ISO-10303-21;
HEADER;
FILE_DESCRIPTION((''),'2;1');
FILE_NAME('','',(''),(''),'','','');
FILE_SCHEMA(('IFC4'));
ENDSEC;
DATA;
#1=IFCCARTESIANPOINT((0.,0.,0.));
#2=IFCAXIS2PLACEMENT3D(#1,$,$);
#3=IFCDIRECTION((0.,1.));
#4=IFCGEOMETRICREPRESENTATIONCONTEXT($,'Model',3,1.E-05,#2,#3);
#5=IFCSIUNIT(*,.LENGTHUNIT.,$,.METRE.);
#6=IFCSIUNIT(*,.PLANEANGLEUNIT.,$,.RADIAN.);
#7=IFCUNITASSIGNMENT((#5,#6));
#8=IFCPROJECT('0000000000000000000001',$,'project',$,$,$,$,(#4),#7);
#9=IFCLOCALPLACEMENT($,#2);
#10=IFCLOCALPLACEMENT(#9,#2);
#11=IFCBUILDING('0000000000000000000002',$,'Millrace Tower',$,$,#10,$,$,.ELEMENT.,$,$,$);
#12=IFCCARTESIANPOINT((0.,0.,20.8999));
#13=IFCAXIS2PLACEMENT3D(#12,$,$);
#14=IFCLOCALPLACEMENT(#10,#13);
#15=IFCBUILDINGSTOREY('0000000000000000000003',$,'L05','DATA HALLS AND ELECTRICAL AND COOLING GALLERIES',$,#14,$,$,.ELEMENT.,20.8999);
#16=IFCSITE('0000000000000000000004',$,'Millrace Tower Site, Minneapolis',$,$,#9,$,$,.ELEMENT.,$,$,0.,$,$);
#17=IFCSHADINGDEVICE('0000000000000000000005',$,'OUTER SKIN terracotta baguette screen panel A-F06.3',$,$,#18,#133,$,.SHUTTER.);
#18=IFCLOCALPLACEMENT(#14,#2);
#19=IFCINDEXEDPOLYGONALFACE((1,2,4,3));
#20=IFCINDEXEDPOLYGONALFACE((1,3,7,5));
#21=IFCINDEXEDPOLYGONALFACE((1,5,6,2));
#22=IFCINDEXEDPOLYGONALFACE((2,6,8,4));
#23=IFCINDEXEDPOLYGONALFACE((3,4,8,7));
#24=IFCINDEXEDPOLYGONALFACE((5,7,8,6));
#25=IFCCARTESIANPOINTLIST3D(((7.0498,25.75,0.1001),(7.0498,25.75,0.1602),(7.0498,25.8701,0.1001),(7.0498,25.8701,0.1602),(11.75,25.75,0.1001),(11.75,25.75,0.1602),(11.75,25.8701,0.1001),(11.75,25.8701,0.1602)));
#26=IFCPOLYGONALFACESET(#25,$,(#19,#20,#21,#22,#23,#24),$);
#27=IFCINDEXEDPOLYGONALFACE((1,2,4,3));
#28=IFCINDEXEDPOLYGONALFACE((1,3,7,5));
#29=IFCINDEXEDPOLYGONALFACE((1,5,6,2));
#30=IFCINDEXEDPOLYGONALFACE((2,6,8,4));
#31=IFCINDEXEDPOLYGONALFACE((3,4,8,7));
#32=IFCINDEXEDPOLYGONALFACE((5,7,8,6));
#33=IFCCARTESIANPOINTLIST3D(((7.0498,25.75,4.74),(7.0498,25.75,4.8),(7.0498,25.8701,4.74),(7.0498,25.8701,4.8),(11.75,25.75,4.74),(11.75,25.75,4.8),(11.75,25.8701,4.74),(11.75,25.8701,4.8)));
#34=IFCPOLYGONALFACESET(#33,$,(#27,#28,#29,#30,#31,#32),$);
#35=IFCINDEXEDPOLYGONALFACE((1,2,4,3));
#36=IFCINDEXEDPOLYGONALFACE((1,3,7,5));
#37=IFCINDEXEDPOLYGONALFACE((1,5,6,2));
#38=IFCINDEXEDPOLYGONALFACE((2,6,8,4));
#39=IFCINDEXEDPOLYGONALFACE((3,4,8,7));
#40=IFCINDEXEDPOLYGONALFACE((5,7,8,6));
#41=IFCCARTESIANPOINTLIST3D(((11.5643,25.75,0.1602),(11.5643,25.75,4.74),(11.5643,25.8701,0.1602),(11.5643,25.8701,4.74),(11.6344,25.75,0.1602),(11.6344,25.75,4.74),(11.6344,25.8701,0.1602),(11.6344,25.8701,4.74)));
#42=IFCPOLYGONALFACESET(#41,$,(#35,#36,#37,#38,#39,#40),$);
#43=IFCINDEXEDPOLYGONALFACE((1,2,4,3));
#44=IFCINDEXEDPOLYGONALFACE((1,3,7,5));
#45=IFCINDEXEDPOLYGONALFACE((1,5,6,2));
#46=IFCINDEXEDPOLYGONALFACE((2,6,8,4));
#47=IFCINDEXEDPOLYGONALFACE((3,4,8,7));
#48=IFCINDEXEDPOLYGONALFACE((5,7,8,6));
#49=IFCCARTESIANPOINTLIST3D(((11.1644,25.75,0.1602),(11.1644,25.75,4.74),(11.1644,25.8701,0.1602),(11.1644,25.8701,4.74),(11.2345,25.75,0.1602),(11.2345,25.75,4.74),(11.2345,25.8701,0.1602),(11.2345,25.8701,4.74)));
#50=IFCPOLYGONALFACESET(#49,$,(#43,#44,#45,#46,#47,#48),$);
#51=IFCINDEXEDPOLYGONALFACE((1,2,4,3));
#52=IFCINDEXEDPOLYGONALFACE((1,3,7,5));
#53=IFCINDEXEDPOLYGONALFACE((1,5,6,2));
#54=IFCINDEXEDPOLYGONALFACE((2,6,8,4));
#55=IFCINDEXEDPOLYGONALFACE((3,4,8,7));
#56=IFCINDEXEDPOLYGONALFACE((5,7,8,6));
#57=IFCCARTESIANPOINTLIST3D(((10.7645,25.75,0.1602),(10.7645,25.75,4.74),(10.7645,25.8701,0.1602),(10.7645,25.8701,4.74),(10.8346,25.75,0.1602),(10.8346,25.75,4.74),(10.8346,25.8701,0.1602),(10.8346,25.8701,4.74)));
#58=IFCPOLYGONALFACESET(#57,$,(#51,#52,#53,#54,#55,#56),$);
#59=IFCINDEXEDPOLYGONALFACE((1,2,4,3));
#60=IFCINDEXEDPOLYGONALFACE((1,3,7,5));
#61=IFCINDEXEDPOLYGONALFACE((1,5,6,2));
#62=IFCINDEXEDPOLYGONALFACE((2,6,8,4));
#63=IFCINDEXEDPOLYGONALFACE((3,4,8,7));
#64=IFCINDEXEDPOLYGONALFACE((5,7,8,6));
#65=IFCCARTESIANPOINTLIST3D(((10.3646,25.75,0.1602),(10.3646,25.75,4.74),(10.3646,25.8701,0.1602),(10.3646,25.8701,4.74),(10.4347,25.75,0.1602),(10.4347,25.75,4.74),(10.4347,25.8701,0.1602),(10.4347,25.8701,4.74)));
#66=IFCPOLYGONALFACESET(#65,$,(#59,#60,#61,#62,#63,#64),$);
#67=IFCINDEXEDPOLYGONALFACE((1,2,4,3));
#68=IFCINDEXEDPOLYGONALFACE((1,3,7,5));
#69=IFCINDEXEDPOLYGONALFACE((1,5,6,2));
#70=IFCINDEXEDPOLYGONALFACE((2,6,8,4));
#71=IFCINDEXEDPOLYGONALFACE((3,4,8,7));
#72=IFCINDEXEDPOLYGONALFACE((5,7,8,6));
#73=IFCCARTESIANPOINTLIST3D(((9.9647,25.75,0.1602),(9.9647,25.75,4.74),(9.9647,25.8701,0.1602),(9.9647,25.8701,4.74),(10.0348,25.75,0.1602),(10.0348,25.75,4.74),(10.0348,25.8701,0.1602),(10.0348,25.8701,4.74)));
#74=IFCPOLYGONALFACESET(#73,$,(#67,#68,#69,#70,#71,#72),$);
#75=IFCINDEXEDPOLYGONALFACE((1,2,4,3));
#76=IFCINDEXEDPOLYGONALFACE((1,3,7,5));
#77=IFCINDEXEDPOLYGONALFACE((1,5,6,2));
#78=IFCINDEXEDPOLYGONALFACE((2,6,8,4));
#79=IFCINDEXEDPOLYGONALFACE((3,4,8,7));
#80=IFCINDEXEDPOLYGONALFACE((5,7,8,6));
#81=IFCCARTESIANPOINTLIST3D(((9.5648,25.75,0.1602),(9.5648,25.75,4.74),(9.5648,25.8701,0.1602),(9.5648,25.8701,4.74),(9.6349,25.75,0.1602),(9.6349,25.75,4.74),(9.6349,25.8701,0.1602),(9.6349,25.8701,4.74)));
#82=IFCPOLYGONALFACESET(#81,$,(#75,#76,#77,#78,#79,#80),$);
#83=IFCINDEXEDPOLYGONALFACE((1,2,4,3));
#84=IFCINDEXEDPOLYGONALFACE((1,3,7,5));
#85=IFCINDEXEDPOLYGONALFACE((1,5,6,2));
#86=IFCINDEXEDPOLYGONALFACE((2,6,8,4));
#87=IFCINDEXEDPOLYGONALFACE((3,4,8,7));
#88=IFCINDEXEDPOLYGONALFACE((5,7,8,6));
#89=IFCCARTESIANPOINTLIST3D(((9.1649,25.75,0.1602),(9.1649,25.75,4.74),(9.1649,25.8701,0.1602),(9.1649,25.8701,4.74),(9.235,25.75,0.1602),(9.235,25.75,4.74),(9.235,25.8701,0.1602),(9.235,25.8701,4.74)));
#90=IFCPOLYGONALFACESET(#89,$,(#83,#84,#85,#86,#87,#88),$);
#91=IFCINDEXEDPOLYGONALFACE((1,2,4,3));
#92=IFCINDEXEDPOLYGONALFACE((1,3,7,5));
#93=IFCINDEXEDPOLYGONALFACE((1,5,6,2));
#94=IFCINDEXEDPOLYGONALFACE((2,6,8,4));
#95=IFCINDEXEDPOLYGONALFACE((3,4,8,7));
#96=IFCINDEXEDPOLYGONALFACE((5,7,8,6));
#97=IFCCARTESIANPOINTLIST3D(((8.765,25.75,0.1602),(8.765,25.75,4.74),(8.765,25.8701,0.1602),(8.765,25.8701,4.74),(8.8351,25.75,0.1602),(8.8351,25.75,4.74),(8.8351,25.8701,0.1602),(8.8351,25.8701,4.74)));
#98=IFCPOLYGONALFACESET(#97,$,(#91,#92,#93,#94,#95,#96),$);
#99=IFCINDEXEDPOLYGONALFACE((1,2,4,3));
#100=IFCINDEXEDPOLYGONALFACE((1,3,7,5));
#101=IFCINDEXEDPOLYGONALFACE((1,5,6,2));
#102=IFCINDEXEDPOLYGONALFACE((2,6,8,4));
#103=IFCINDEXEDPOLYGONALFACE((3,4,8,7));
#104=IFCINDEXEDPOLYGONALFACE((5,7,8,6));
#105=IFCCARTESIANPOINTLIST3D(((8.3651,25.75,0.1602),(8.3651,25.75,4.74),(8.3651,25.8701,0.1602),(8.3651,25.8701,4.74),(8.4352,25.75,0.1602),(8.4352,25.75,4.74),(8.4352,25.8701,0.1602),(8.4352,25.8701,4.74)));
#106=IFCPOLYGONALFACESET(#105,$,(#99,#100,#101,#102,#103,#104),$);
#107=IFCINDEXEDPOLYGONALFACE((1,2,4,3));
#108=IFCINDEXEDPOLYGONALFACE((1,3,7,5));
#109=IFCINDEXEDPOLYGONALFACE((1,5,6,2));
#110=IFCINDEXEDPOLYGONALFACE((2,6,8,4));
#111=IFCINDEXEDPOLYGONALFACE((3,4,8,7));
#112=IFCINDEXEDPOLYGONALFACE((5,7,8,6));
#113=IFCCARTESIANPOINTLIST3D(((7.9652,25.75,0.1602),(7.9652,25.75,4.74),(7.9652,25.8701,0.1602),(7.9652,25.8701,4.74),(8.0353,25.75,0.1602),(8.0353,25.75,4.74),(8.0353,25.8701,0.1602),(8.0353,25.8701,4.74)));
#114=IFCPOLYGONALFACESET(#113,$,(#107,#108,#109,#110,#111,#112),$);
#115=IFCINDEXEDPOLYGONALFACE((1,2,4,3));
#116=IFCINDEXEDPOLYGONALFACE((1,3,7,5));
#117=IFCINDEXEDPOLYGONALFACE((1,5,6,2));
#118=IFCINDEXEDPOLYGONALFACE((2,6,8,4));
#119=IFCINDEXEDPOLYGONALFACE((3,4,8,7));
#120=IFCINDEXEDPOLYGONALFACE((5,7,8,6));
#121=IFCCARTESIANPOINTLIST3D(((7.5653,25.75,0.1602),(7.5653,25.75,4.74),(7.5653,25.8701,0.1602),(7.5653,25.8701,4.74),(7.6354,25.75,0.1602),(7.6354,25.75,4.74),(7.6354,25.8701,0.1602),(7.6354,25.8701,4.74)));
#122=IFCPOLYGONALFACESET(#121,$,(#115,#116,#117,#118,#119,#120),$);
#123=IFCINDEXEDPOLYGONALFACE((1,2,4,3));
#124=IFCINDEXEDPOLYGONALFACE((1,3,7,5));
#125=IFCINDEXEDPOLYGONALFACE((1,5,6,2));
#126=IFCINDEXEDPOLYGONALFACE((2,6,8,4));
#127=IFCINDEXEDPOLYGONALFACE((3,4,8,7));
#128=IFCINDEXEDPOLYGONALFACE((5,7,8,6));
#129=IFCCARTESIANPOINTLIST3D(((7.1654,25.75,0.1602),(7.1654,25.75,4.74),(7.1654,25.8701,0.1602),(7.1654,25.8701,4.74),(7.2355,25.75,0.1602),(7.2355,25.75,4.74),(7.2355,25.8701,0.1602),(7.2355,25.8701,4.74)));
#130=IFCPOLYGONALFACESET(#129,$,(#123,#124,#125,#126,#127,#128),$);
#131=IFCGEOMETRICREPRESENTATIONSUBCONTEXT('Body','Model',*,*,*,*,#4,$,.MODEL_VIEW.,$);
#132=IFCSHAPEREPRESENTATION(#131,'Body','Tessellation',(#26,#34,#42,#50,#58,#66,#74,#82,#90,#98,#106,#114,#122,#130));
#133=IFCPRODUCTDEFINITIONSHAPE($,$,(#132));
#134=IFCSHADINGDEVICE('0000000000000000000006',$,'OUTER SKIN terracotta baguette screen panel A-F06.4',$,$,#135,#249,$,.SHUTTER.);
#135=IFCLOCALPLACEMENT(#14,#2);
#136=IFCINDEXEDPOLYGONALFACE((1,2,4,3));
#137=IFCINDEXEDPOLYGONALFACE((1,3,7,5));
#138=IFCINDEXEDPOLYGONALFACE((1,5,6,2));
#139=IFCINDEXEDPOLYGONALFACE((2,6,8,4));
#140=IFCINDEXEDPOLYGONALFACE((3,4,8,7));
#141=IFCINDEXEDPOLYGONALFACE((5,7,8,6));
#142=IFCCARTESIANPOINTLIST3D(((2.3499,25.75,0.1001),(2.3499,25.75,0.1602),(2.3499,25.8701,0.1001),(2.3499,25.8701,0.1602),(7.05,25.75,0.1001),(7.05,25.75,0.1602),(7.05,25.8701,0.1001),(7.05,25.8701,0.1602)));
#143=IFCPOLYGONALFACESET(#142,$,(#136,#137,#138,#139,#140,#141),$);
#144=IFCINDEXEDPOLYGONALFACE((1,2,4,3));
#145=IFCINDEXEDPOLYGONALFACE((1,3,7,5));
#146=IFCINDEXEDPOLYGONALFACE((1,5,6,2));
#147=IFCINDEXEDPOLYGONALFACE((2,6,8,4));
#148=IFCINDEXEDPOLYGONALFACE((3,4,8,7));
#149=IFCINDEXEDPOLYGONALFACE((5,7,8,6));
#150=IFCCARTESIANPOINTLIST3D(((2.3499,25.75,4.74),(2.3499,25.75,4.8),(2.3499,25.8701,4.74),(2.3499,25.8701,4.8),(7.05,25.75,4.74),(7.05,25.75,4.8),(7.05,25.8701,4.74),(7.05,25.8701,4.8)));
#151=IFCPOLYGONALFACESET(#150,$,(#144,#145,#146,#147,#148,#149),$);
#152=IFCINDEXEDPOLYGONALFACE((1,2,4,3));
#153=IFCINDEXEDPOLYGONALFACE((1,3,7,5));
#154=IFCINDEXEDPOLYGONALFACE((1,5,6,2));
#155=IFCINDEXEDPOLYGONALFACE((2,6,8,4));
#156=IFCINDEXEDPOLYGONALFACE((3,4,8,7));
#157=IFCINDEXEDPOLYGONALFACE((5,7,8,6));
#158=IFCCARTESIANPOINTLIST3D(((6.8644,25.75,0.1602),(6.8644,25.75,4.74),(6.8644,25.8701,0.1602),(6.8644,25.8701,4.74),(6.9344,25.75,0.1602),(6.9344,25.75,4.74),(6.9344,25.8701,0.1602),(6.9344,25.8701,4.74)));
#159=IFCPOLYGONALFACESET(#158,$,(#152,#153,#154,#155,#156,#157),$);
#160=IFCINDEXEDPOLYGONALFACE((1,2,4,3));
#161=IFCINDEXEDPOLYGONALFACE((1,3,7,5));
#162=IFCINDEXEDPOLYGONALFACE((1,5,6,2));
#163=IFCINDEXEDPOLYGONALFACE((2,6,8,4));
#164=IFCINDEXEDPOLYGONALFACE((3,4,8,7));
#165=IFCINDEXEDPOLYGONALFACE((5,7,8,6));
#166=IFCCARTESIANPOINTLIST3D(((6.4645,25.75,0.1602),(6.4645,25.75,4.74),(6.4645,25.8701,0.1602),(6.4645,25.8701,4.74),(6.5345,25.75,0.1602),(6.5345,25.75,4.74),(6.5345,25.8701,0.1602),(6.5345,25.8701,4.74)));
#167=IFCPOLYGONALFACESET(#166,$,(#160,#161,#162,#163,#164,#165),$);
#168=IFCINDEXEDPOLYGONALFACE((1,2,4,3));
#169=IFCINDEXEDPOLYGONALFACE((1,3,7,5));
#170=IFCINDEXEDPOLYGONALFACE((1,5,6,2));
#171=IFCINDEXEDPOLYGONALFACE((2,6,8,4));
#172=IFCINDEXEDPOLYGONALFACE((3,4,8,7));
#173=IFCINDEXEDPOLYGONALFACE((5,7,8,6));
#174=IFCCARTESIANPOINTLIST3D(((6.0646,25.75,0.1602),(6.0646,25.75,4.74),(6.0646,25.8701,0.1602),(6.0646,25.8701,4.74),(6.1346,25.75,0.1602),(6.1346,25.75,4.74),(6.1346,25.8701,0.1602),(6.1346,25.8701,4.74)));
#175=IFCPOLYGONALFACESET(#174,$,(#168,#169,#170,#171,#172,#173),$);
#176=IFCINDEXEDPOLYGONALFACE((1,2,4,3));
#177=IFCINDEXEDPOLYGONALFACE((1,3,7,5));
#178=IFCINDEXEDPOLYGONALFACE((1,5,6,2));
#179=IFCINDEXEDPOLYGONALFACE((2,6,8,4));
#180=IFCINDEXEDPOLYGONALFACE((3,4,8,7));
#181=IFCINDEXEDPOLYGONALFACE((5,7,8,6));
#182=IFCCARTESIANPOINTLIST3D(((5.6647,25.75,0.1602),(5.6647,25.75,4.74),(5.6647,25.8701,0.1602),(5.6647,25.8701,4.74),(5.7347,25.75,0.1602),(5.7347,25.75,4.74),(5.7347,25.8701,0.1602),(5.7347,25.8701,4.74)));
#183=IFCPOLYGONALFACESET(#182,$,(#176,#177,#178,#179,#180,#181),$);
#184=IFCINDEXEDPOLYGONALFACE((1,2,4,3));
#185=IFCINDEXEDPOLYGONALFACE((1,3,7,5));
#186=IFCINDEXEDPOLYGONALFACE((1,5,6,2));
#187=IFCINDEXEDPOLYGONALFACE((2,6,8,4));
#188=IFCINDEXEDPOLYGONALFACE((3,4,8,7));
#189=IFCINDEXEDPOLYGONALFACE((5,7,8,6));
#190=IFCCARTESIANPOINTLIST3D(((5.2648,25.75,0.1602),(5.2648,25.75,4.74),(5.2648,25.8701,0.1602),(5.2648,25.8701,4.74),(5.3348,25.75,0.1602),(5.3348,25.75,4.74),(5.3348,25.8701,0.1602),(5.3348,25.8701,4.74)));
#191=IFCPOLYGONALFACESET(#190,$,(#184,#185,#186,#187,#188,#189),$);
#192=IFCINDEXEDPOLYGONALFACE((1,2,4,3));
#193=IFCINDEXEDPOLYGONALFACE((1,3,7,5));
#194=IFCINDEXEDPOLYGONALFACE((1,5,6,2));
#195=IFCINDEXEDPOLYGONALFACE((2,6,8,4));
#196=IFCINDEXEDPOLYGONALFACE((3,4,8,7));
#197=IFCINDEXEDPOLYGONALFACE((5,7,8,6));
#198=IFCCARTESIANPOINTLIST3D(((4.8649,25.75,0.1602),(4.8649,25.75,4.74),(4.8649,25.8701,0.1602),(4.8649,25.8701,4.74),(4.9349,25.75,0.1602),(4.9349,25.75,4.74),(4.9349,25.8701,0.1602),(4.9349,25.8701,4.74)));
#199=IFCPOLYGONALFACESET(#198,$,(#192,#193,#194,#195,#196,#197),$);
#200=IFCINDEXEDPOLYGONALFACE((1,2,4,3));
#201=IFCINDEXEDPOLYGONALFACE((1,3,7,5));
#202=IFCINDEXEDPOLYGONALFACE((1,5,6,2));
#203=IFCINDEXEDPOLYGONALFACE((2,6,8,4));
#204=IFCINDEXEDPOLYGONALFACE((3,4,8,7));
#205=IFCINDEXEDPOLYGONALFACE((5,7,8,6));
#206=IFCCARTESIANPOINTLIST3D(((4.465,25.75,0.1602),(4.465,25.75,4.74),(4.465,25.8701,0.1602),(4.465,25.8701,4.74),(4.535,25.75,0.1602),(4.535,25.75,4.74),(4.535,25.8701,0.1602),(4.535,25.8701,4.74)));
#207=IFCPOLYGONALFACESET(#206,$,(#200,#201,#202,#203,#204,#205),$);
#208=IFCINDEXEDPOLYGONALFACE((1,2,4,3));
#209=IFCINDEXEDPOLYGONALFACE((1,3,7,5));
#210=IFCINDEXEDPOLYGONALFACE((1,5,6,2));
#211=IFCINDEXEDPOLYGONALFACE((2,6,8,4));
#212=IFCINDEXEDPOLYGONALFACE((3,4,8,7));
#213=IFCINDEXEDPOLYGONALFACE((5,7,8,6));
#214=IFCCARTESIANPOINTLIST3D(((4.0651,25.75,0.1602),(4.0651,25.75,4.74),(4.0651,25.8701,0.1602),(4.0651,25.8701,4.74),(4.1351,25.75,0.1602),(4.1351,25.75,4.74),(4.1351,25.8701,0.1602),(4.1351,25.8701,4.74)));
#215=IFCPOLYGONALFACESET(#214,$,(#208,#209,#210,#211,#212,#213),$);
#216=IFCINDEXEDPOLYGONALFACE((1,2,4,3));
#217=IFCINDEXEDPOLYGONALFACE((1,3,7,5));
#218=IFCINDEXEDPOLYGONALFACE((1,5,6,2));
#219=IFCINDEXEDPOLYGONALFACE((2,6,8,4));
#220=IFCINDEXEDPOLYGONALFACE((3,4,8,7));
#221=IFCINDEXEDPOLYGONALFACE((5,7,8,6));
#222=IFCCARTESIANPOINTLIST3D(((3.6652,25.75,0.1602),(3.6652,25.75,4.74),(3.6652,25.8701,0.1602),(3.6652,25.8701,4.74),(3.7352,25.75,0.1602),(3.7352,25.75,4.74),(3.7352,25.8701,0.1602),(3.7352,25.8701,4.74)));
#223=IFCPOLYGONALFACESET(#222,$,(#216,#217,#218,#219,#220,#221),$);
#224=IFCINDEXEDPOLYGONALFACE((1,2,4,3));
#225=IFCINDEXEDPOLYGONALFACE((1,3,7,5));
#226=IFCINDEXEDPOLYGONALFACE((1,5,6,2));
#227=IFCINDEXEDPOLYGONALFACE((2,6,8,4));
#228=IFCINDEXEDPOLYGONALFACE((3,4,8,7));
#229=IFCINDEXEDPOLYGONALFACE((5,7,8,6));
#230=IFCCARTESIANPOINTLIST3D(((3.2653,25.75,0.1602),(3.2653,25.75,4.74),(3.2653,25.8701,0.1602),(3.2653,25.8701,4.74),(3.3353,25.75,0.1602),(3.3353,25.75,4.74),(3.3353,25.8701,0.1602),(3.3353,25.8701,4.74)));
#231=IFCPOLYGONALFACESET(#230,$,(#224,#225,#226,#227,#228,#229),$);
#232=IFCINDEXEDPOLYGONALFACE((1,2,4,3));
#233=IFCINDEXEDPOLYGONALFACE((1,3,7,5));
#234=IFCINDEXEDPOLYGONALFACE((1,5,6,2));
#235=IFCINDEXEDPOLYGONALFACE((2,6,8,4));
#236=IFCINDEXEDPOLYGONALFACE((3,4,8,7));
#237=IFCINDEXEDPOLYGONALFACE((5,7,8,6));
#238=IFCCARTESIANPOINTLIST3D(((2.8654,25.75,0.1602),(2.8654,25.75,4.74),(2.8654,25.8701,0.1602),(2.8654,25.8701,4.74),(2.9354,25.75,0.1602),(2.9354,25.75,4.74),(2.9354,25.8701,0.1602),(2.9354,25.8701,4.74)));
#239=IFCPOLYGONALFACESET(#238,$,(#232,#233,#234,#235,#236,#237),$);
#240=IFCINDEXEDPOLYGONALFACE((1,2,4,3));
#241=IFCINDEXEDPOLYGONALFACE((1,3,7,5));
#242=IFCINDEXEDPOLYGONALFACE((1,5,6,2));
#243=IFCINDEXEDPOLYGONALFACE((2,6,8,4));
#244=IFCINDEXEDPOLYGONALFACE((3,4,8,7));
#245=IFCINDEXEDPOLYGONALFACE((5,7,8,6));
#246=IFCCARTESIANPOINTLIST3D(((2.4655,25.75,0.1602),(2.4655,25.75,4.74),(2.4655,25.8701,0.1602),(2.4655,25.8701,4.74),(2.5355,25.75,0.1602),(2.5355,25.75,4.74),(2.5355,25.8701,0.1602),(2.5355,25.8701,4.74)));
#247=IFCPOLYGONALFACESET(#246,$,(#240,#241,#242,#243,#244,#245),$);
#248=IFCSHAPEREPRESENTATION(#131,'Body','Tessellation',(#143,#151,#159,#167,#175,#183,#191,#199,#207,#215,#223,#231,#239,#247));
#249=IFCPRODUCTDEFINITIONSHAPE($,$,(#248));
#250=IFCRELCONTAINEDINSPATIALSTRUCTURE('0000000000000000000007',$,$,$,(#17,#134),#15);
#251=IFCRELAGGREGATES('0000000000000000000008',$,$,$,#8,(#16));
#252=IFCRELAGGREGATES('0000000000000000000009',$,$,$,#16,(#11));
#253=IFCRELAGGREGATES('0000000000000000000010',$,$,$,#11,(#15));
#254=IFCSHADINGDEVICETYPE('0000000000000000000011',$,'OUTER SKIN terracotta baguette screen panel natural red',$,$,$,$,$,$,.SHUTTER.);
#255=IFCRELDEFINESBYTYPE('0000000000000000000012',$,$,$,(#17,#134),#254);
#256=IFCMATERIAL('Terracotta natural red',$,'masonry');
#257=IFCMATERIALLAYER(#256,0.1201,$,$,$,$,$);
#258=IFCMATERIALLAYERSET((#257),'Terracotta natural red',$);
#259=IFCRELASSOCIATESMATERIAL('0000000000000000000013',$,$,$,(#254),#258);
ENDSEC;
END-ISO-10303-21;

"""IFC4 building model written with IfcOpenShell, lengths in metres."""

from ifc_helpers import new_model, entity, si_unit, direction, frame, frame_2d, origin, place, context, subcontext, project, spatial, rectangle, extrude, source, transform, mapped, material, layer, layer_set, type_object, element, save


model = new_model("IFC4")

# Units and contexts
model_context = context("Model", 3, precision=1e-05, world=origin(), true_north=direction((0.0, 1.0)))
body_context = subcontext(model_context, "Body", "Model", "MODEL_VIEW")
ifc_project = project(units=[si_unit("LENGTHUNIT", "METRE"), si_unit("PLANEANGLEUNIT", "RADIAN")], contexts=[model_context])

# Site, building, storey
site_placement = place(None, origin())
site = spatial("IfcSite", under=ifc_project, at=site_placement, Name="Millrace Tower Site, Minneapolis", CompositionType="ELEMENT", RefElevation=0.0)
building_placement = place(site_placement, origin())
building = spatial("IfcBuilding", under=site, at=building_placement, Name="Millrace Tower", CompositionType="ELEMENT")
storey_placement = place(building_placement, frame((0.0, 0.0, 20.8999)))
storey = spatial("IfcBuildingStorey", under=building, at=storey_placement, Name="L05", Description="DATA HALLS AND ELECTRICAL AND COOLING GALLERIES", CompositionType="ELEMENT", Elevation=20.8999)

# Shading devices
cartesian_point = entity("IfcCartesianPoint", [-2.3501, 0.0601])
shared_polyline = entity("IfcPolyline", [cartesian_point, entity("IfcCartesianPoint", [2.3501, 0.0601]), entity("IfcCartesianPoint", [2.3501, -0.0601]), entity("IfcCartesianPoint", [-2.3501, -0.0601]), cartesian_point])
ifc_material_1 = material(Name="Terracotta natural red", Category="masonry")
ifc_layer_1 = layer(ifc_material_1, 0.1201)
ifc_layer_set_1 = layer_set([ifc_layer_1], Name="Terracotta natural red")
shading_device_type_1 = type_object("IfcShadingDeviceType", Name="OUTER SKIN terracotta baguette screen panel natural red", PredefinedType="SHUTTER", material=ifc_layer_set_1)
shared_shape_1 = source(origin(), body_context, "Body", "SweptSolid", [
    entity("IfcExtrudedAreaSolid", entity("IfcArbitraryClosedProfileDef", "AREA", None, shared_polyline), entity("IfcAxis2Placement3D", entity("IfcCartesianPoint", [0.0, 0.0, 0.0])), entity("IfcDirection", [0.0, 0.0, 1.0]), 0.0601),
    entity("IfcExtrudedAreaSolid", entity("IfcArbitraryClosedProfileDef", "AREA", None, shared_polyline), entity("IfcAxis2Placement3D", entity("IfcCartesianPoint", [0.0, 0.0, 4.6399])), entity("IfcDirection", [0.0, 0.0, 1.0]), 0.0601),
    extrude(rectangle(XDim=0.0701, YDim=0.1201, at=frame_2d((-2.1995, 0.0))), frame((0.0, 0.0, 0.0601)), (0.0, 0.0, 1.0), 4.5798),
    extrude(rectangle(XDim=0.0701, YDim=0.1201, at=frame_2d((-1.7996, 0.0))), frame((0.0, 0.0, 0.0601)), (0.0, 0.0, 1.0), 4.5798),
    extrude(rectangle(XDim=0.0701, YDim=0.1201, at=frame_2d((-1.3997, 0.0))), frame((0.0, 0.0, 0.0601)), (0.0, 0.0, 1.0), 4.5798),
    extrude(rectangle(XDim=0.0701, YDim=0.1201, at=frame_2d((-0.9998, 0.0))), frame((0.0, 0.0, 0.0601)), (0.0, 0.0, 1.0), 4.5798),
    extrude(rectangle(XDim=0.0701, YDim=0.1201, at=frame_2d((-0.5999, 0.0))), frame((0.0, 0.0, 0.0601)), (0.0, 0.0, 1.0), 4.5798),
    extrude(rectangle(XDim=0.0701, YDim=0.1201, at=frame_2d((-0.2, 0.0))), frame((0.0, 0.0, 0.0601)), (0.0, 0.0, 1.0), 4.5798),
    extrude(rectangle(XDim=0.0701, YDim=0.1201, at=frame_2d((0.2, 0.0))), frame((0.0, 0.0, 0.0601)), (0.0, 0.0, 1.0), 4.5798),
    extrude(rectangle(XDim=0.0701, YDim=0.1201, at=frame_2d((0.5999, 0.0))), frame((0.0, 0.0, 0.0601)), (0.0, 0.0, 1.0), 4.5798),
    extrude(rectangle(XDim=0.0701, YDim=0.1201, at=frame_2d((0.9998, 0.0))), frame((0.0, 0.0, 0.0601)), (0.0, 0.0, 1.0), 4.5798),
    extrude(rectangle(XDim=0.0701, YDim=0.1201, at=frame_2d((1.3997, 0.0))), frame((0.0, 0.0, 0.0601)), (0.0, 0.0, 1.0), 4.5798),
    extrude(rectangle(XDim=0.0701, YDim=0.1201, at=frame_2d((1.7996, 0.0))), frame((0.0, 0.0, 0.0601)), (0.0, 0.0, 1.0), 4.5798),
    extrude(rectangle(XDim=0.0701, YDim=0.1201, at=frame_2d((2.1995, 0.0))), frame((0.0, 0.0, 0.0601)), (0.0, 0.0, 1.0), 4.5798),
])
for number, where, z_axis, x_axis, name in (
    (1, (9.3999, 25.8101, 0.1001), (0.0, 0.0, 1.0), (-1.0, 0.0, 0.0), "OUTER SKIN terracotta baguette screen panel A-F06.3"),
    (2, (4.7, 25.8101, 0.1001), (0.0, 0.0, 1.0), (-1.0, 0.0, 0.0), "OUTER SKIN terracotta baguette screen panel A-F06.4"),
):
    element("IfcShadingDevice", number, at=place(storey_placement, frame(where, z_axis=z_axis, x_axis=x_axis)), inside=storey, type_object=shading_device_type_1, Name=name, PredefinedType="SHUTTER", context=body_context, shape_type="MappedRepresentation", body=[
        mapped(shared_shape_1, transform((0.0, 0.0, 0.0), scale=1.0)),
    ])

save(model, "model.ifc")
